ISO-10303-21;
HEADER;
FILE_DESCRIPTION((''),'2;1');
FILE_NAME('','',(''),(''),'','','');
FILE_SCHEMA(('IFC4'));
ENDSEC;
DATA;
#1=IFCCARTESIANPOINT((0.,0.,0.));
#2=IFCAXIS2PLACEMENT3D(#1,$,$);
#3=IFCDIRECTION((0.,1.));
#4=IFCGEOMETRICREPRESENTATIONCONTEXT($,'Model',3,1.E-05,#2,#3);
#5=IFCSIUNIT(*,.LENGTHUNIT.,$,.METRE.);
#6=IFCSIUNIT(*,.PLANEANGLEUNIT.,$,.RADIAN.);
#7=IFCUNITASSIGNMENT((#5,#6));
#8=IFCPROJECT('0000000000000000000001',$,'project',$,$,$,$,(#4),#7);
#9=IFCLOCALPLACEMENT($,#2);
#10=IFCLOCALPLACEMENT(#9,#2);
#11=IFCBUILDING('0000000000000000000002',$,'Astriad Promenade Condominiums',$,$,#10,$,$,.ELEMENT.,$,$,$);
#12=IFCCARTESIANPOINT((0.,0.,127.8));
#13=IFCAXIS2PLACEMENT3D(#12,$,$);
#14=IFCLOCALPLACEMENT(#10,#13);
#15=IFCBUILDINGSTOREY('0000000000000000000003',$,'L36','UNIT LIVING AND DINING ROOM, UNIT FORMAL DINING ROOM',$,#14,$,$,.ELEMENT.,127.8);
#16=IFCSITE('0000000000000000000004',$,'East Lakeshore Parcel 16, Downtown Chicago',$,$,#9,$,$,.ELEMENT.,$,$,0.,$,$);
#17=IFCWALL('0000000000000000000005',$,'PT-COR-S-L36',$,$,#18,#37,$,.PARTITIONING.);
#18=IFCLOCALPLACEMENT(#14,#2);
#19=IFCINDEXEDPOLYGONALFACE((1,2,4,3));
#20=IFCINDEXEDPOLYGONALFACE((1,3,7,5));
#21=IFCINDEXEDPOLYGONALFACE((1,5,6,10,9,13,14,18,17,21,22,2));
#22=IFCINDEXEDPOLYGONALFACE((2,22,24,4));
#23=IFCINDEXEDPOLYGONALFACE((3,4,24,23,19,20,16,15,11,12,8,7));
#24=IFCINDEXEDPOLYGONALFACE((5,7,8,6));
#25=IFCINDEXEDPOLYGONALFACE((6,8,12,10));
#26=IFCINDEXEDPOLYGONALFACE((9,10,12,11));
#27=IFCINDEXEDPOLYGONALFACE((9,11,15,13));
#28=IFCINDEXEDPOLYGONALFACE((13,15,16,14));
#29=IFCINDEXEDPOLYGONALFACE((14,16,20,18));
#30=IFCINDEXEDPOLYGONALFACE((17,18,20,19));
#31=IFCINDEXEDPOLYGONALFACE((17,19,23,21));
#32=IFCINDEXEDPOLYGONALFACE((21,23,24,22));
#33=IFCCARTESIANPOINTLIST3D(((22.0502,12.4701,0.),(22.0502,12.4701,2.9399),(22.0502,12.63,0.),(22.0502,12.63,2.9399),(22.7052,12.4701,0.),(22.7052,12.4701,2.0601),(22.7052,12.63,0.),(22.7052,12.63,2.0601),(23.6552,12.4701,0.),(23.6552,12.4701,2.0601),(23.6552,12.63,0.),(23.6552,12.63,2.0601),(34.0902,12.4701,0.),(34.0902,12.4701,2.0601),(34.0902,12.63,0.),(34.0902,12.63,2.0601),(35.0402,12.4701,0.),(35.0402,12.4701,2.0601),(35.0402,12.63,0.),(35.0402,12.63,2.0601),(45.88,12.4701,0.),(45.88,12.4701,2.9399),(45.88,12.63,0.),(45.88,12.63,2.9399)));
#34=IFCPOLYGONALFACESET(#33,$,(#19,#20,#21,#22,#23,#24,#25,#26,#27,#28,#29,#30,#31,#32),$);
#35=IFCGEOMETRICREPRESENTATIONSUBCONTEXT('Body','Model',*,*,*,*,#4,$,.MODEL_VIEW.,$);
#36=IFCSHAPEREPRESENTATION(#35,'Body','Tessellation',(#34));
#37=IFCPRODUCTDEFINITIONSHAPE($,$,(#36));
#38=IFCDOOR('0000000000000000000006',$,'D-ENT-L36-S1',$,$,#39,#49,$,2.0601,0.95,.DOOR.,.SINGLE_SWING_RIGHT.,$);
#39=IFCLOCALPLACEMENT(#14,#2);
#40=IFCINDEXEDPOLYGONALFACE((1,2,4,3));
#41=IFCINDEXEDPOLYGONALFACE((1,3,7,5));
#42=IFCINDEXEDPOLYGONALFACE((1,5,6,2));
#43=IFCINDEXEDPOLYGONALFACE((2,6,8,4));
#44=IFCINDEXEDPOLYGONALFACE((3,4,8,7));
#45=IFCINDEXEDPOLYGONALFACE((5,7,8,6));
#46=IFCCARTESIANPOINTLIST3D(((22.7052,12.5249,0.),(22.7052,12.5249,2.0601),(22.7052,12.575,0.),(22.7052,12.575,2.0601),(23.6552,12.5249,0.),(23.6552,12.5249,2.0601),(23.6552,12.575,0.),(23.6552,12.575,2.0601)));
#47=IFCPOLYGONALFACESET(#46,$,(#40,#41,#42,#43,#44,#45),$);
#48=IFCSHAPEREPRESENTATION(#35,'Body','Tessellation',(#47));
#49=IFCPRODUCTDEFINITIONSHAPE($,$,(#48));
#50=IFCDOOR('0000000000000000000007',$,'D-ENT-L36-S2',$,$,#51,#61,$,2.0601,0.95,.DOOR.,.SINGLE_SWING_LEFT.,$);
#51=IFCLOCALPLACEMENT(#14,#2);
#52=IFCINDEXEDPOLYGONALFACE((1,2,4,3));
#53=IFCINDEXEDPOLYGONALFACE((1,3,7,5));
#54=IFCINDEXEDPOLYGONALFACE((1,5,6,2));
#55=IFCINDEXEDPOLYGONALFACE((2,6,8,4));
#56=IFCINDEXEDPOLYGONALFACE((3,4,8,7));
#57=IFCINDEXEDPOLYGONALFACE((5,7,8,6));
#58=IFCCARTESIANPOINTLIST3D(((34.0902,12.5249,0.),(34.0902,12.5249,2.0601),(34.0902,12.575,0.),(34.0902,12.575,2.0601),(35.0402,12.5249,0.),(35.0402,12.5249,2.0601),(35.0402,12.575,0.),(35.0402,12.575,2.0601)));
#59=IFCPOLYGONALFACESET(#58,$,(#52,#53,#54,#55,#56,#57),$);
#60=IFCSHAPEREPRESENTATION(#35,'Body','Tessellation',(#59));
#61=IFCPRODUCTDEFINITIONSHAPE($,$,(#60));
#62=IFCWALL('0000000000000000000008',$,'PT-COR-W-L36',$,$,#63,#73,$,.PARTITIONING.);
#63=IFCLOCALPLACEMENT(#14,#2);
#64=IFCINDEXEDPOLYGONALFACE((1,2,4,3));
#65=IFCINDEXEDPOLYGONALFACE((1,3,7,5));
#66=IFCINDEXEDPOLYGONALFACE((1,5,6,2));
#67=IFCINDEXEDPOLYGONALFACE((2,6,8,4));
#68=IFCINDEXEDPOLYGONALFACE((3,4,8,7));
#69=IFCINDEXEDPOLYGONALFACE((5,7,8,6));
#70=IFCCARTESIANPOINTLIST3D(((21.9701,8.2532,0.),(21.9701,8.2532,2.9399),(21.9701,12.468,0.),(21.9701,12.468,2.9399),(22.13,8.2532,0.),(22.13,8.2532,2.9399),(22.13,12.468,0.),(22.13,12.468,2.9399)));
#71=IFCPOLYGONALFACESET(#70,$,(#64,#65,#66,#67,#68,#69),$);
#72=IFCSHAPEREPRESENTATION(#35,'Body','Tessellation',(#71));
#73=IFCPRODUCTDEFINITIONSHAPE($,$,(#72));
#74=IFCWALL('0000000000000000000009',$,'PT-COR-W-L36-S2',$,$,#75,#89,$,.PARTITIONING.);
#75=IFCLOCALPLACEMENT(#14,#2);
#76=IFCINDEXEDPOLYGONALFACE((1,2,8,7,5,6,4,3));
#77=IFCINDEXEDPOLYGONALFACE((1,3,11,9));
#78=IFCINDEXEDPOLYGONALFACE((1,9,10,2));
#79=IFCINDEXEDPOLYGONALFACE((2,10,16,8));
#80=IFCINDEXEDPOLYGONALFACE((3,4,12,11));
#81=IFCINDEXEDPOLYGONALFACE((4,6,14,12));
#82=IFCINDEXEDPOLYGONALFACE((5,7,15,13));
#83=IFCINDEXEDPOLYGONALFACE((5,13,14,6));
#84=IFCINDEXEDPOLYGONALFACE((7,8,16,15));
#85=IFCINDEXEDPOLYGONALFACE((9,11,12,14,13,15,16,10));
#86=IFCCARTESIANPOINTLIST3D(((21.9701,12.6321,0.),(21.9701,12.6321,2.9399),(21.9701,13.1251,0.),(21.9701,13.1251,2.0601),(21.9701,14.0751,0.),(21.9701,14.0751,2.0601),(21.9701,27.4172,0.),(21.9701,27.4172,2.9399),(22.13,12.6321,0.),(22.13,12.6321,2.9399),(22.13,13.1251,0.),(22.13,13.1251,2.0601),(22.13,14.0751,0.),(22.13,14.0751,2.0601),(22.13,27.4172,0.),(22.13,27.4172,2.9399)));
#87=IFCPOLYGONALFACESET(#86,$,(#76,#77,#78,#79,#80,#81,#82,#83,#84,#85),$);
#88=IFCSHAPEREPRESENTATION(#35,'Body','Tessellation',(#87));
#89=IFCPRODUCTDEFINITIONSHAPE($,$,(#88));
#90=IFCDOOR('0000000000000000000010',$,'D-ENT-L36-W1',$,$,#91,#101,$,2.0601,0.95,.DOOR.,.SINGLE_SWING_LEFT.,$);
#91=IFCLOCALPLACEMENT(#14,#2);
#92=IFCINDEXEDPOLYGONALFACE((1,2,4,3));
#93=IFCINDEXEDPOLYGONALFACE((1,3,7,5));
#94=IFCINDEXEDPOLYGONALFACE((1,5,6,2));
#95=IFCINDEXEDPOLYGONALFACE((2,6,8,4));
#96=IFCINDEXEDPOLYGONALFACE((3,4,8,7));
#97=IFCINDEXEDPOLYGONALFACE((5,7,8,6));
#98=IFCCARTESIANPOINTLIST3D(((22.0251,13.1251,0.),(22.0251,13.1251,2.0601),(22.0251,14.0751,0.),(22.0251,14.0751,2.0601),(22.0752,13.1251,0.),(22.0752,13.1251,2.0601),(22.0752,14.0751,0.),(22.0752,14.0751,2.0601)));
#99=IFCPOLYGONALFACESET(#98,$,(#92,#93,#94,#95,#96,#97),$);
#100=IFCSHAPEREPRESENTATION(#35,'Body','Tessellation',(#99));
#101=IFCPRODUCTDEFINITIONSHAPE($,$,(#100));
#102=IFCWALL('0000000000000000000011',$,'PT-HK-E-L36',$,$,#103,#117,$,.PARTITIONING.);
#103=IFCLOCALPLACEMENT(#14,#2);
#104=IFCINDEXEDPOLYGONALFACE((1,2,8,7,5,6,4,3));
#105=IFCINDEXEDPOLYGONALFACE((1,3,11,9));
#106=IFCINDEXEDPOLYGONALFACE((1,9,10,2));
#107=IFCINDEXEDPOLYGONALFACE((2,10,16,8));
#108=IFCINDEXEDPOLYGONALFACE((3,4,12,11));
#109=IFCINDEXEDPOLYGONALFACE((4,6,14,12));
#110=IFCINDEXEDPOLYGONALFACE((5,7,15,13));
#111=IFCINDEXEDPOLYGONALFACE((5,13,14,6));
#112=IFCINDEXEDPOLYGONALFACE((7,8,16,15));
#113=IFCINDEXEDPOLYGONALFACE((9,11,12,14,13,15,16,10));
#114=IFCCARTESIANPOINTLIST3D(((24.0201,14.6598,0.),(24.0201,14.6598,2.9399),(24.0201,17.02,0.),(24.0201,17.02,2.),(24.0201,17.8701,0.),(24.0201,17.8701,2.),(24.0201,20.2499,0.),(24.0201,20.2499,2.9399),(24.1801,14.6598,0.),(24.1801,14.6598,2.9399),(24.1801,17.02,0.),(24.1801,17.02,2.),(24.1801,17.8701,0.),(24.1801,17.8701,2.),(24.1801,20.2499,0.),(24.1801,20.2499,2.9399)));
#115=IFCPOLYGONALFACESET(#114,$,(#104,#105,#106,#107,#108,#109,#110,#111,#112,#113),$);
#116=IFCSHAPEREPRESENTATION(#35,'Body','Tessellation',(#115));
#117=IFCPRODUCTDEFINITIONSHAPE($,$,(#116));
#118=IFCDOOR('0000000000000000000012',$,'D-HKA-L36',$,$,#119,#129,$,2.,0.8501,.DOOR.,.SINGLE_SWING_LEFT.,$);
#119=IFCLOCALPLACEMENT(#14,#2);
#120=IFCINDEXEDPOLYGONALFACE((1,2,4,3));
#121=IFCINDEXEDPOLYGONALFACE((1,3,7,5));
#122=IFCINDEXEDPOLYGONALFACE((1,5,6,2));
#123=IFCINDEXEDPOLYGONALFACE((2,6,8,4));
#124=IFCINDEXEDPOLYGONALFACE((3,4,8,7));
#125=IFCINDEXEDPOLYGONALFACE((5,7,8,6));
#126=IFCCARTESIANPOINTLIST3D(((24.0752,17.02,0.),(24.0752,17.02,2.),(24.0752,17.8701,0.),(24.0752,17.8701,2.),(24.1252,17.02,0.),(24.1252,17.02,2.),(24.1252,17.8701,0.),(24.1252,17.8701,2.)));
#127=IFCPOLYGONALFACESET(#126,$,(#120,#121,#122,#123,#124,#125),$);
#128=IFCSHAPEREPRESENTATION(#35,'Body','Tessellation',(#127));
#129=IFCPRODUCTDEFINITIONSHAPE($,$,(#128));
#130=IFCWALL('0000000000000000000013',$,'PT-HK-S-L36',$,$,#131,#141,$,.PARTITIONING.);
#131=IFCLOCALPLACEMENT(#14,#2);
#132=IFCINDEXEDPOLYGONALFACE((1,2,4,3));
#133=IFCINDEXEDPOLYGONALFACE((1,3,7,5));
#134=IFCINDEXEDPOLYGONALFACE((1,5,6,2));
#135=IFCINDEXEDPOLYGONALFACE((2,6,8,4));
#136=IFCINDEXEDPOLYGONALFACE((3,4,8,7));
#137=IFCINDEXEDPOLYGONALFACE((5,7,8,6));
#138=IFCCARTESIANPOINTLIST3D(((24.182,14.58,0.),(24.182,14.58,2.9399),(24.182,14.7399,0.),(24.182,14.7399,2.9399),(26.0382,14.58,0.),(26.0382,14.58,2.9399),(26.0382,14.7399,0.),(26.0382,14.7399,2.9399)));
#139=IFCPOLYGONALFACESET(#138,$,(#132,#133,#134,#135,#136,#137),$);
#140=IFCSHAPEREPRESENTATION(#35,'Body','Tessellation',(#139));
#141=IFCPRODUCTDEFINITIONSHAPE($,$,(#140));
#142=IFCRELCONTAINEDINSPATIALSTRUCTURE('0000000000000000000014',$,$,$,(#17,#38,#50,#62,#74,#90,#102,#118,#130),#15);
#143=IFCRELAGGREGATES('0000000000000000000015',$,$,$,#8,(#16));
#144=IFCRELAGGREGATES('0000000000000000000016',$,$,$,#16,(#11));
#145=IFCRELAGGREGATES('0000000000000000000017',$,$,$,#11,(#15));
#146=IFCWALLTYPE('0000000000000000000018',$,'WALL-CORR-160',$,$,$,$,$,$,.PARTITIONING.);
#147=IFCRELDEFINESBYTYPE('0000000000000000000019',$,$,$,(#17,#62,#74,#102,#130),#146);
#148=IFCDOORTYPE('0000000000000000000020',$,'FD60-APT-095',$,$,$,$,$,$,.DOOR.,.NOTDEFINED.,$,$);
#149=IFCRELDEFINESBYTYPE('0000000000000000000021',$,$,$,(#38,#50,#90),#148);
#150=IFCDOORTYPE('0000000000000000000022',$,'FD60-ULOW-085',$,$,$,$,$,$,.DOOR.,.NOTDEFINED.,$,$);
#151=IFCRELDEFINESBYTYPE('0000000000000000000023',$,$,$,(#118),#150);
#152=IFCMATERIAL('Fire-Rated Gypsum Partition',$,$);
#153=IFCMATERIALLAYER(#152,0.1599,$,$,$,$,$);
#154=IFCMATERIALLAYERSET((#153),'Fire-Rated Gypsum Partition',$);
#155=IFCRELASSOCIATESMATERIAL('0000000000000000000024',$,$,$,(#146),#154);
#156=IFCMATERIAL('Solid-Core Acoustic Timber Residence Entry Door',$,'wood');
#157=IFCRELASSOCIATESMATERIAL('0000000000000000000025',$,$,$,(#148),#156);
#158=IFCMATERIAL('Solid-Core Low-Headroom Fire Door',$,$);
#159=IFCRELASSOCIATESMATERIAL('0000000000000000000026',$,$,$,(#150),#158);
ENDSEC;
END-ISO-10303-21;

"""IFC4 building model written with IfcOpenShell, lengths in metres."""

from ifc_helpers import new_model, si_unit, direction, frame, frame_2d, origin, place, context, subcontext, project, spatial, rectangle, extrude, source, transform, mapped, material, layer, layer_set, type_object, type_shapes, element, fill, save


model = new_model("IFC4")

# Units and contexts
model_context = context("Model", 3, precision=1e-05, world=origin(), true_north=direction((0.0, 1.0)))
body_context = subcontext(model_context, "Body", "Model", "MODEL_VIEW")
ifc_project = project(units=[si_unit("LENGTHUNIT", "METRE"), si_unit("PLANEANGLEUNIT", "RADIAN")], contexts=[model_context])

# Site, building, storey
site_placement = place(None, origin())
site = spatial("IfcSite", under=ifc_project, at=site_placement, Name="East Lakeshore Parcel 16, Downtown Chicago", CompositionType="ELEMENT", RefElevation=0.0)
building_placement = place(site_placement, origin())
building = spatial("IfcBuilding", under=site, at=building_placement, Name="Astriad Promenade Condominiums", CompositionType="ELEMENT")
storey_placement = place(building_placement, frame((0.0, 0.0, 127.8)))
storey = spatial("IfcBuildingStorey", under=building, at=storey_placement, Name="L36", Description="UNIT LIVING AND DINING ROOM, UNIT FORMAL DINING ROOM", CompositionType="ELEMENT", Elevation=127.8)

# Wall, openings, doors
ifc_material_1 = material(Name="Fire-Rated Gypsum Partition")
ifc_layer_1 = layer(ifc_material_1, 0.1599)
ifc_layer_set_1 = layer_set([ifc_layer_1], Name="Fire-Rated Gypsum Partition")
wall_type_1 = type_object("IfcWallType", Name="WALL-CORR-160", PredefinedType="PARTITIONING", material=ifc_layer_set_1)
wall_1_placement = place(storey_placement, frame((22.05, 12.55, 0.0), z_axis=(0.0, 0.0, 1.0), x_axis=(1.0, 0.0, 0.0)))
wall_1 = element("IfcWall", 1, at=wall_1_placement, inside=storey, type_object=wall_type_1, Name="PT-COR-S-L36", PredefinedType="PARTITIONING", context=body_context, shape_type="SweptSolid", body=[
    extrude(rectangle(XDim=23.8298, YDim=0.1599, at=frame_2d((11.915, 0.0))), origin(), (0.0, 0.0, 1.0), 2.9399),
])
opening_1_placement = place(wall_1_placement, frame((0.655, 0.0, 0.0)))
opening_1 = element("IfcOpeningElement", 2, at=opening_1_placement, cuts=wall_1, PredefinedType="OPENING", context=body_context, shape_type="SweptSolid", body=[
    extrude(rectangle(XDim=0.95, YDim=2.0601, at=frame_2d((0.4751, 1.03))), frame((0.0, 0.0898, 0.0), z_axis=(0.0, -1.0, 0.0), x_axis=(1.0, 0.0, 0.0)), (0.0, 0.0, 1.0), 0.1799),
])
opening_2_placement = place(wall_1_placement, frame((12.04, 0.0, 0.0)))
opening_2 = element("IfcOpeningElement", 3, at=opening_2_placement, cuts=wall_1, PredefinedType="OPENING", context=body_context, shape_type="SweptSolid", body=[
    extrude(rectangle(XDim=0.95, YDim=2.0601, at=frame_2d((0.4751, 1.03))), frame((0.0, 0.0898, 0.0), z_axis=(0.0, -1.0, 0.0), x_axis=(1.0, 0.0, 0.0)), (0.0, 0.0, 1.0), 0.1799),
])
ifc_material_2 = material(Name="Solid-Core Acoustic Timber Residence Entry Door", Category="wood")
door_type_1 = type_object("IfcDoorType", Name="FD60-APT-095", OperationType="NOTDEFINED", PredefinedType="DOOR", material=ifc_material_2)
shared_shape_1 = source(origin(), body_context, "Body", "SweptSolid", [
    extrude(rectangle(XDim=0.95, YDim=2.0601, at=frame_2d((0.4751, 1.03))), frame((0.0, 0.0249, 0.0), z_axis=(0.0, -1.0, 0.0), x_axis=(1.0, 0.0, 0.0)), (0.0, 0.0, 1.0), 0.05),
])
type_shapes(door_type_1, [shared_shape_1])
door_1_placement = place(opening_1_placement, origin())
door_1 = element("IfcDoor", 4, at=door_1_placement, inside=storey, type_object=door_type_1, Name="D-ENT-L36-S1", OperationType="SINGLE_SWING_RIGHT", OverallHeight=2.0601, OverallWidth=0.95, PredefinedType="DOOR", context=body_context, shape_type="MappedRepresentation", body=[
    mapped(shared_shape_1, transform((0.0, 0.0, 0.0), scale=1.0)),
])
fill(opening_1, door_1)
door_2_placement = place(opening_2_placement, origin())
door_2 = element("IfcDoor", 5, at=door_2_placement, inside=storey, type_object=door_type_1, Name="D-ENT-L36-S2", OperationType="SINGLE_SWING_LEFT", OverallHeight=2.0601, OverallWidth=0.95, PredefinedType="DOOR", context=body_context, shape_type="MappedRepresentation", body=[
    mapped(shared_shape_1, transform((0.0, 0.0, 0.0), scale=1.0)),
])
fill(opening_2, door_2)

# Wall
wall_2_placement = place(storey_placement, frame((22.05, 8.2532, 0.0), z_axis=(0.0, 0.0, 1.0), x_axis=(0.0, 1.0, 0.0)))
element("IfcWall", 6, at=wall_2_placement, inside=storey, type_object=wall_type_1, Name="PT-COR-W-L36", PredefinedType="PARTITIONING", context=body_context, shape_type="SweptSolid", body=[
    extrude(rectangle(XDim=4.2148, YDim=0.1599, at=frame_2d((2.1074, 0.0))), origin(), (0.0, 0.0, 1.0), 2.9399),
])

# Walls, openings, doors
wall_3_placement = place(storey_placement, frame((22.05, 12.6321, 0.0), z_axis=(0.0, 0.0, 1.0), x_axis=(0.0, 1.0, 0.0)))
wall_3 = element("IfcWall", 7, at=wall_3_placement, inside=storey, type_object=wall_type_1, Name="PT-COR-W-L36-S2", PredefinedType="PARTITIONING", context=body_context, shape_type="SweptSolid", body=[
    extrude(rectangle(XDim=14.7852, YDim=0.1599, at=frame_2d((7.3926, 0.0))), origin(), (0.0, 0.0, 1.0), 2.9399),
])
opening_3_placement = place(wall_3_placement, frame((0.4929, 0.0, 0.0)))
opening_3 = element("IfcOpeningElement", 8, at=opening_3_placement, cuts=wall_3, PredefinedType="OPENING", context=body_context, shape_type="SweptSolid", body=[
    extrude(rectangle(XDim=0.95, YDim=2.0601, at=frame_2d((0.4751, 1.03))), frame((0.0, 0.0898, 0.0), z_axis=(0.0, -1.0, 0.0), x_axis=(1.0, 0.0, 0.0)), (0.0, 0.0, 1.0), 0.1799),
])
door_3_placement = place(opening_3_placement, origin())
door_3 = element("IfcDoor", 9, at=door_3_placement, inside=storey, type_object=door_type_1, Name="D-ENT-L36-W1", OperationType="SINGLE_SWING_LEFT", OverallHeight=2.0601, OverallWidth=0.95, PredefinedType="DOOR", context=body_context, shape_type="MappedRepresentation", body=[
    mapped(shared_shape_1, transform((0.0, 0.0, 0.0), scale=1.0)),
])
fill(opening_3, door_3)
wall_4_placement = place(storey_placement, frame((24.1001, 14.6599, 0.0), z_axis=(0.0, 0.0, 1.0), x_axis=(0.0, 1.0, 0.0)))
wall_4 = element("IfcWall", 10, at=wall_4_placement, inside=storey, type_object=wall_type_1, Name="PT-HK-E-L36", PredefinedType="PARTITIONING", context=body_context, shape_type="SweptSolid", body=[
    extrude(rectangle(XDim=5.5901, YDim=0.1599, at=frame_2d((2.7949, 0.0))), origin(), (0.0, 0.0, 1.0), 2.9399),
])
opening_4_placement = place(wall_4_placement, frame((2.3601, 0.0, 0.0)))
opening_4 = element("IfcOpeningElement", 11, at=opening_4_placement, cuts=wall_4, PredefinedType="OPENING", context=body_context, shape_type="SweptSolid", body=[
    extrude(rectangle(XDim=0.8501, YDim=2.0, at=frame_2d((0.425, 1.0))), frame((0.0, 0.0898, 0.0), z_axis=(0.0, -1.0, 0.0), x_axis=(1.0, 0.0, 0.0)), (0.0, 0.0, 1.0), 0.1799),
])
ifc_material_3 = material(Name="Solid-Core Low-Headroom Fire Door")
door_type_2 = type_object("IfcDoorType", Name="FD60-ULOW-085", OperationType="NOTDEFINED", PredefinedType="DOOR", material=ifc_material_3)
shared_shape_2 = source(origin(), body_context, "Body", "SweptSolid", [
    extrude(rectangle(XDim=0.8501, YDim=2.0, at=frame_2d((0.425, 1.0))), frame((0.0, 0.0249, 0.0), z_axis=(0.0, -1.0, 0.0), x_axis=(1.0, 0.0, 0.0)), (0.0, 0.0, 1.0), 0.05),
])
type_shapes(door_type_2, [shared_shape_2])
door_4_placement = place(opening_4_placement, origin())
door_4 = element("IfcDoor", 12, at=door_4_placement, inside=storey, type_object=door_type_2, Name="D-HKA-L36", OperationType="SINGLE_SWING_LEFT", OverallHeight=2.0, OverallWidth=0.8501, PredefinedType="DOOR", context=body_context, shape_type="MappedRepresentation", body=[
    mapped(shared_shape_2, transform((0.0, 0.0, 0.0), scale=1.0)),
])
fill(opening_4, door_4)

# Wall
wall_5_placement = place(storey_placement, frame((24.1819, 14.6599, 0.0), z_axis=(0.0, 0.0, 1.0), x_axis=(1.0, 0.0, 0.0)))
element("IfcWall", 13, at=wall_5_placement, inside=storey, type_object=wall_type_1, Name="PT-HK-S-L36", PredefinedType="PARTITIONING", context=body_context, shape_type="SweptSolid", body=[
    extrude(rectangle(XDim=1.8562, YDim=0.1599, at=frame_2d((0.9282, 0.0))), origin(), (0.0, 0.0, 1.0), 2.9399),
])

save(model, "model.ifc")
